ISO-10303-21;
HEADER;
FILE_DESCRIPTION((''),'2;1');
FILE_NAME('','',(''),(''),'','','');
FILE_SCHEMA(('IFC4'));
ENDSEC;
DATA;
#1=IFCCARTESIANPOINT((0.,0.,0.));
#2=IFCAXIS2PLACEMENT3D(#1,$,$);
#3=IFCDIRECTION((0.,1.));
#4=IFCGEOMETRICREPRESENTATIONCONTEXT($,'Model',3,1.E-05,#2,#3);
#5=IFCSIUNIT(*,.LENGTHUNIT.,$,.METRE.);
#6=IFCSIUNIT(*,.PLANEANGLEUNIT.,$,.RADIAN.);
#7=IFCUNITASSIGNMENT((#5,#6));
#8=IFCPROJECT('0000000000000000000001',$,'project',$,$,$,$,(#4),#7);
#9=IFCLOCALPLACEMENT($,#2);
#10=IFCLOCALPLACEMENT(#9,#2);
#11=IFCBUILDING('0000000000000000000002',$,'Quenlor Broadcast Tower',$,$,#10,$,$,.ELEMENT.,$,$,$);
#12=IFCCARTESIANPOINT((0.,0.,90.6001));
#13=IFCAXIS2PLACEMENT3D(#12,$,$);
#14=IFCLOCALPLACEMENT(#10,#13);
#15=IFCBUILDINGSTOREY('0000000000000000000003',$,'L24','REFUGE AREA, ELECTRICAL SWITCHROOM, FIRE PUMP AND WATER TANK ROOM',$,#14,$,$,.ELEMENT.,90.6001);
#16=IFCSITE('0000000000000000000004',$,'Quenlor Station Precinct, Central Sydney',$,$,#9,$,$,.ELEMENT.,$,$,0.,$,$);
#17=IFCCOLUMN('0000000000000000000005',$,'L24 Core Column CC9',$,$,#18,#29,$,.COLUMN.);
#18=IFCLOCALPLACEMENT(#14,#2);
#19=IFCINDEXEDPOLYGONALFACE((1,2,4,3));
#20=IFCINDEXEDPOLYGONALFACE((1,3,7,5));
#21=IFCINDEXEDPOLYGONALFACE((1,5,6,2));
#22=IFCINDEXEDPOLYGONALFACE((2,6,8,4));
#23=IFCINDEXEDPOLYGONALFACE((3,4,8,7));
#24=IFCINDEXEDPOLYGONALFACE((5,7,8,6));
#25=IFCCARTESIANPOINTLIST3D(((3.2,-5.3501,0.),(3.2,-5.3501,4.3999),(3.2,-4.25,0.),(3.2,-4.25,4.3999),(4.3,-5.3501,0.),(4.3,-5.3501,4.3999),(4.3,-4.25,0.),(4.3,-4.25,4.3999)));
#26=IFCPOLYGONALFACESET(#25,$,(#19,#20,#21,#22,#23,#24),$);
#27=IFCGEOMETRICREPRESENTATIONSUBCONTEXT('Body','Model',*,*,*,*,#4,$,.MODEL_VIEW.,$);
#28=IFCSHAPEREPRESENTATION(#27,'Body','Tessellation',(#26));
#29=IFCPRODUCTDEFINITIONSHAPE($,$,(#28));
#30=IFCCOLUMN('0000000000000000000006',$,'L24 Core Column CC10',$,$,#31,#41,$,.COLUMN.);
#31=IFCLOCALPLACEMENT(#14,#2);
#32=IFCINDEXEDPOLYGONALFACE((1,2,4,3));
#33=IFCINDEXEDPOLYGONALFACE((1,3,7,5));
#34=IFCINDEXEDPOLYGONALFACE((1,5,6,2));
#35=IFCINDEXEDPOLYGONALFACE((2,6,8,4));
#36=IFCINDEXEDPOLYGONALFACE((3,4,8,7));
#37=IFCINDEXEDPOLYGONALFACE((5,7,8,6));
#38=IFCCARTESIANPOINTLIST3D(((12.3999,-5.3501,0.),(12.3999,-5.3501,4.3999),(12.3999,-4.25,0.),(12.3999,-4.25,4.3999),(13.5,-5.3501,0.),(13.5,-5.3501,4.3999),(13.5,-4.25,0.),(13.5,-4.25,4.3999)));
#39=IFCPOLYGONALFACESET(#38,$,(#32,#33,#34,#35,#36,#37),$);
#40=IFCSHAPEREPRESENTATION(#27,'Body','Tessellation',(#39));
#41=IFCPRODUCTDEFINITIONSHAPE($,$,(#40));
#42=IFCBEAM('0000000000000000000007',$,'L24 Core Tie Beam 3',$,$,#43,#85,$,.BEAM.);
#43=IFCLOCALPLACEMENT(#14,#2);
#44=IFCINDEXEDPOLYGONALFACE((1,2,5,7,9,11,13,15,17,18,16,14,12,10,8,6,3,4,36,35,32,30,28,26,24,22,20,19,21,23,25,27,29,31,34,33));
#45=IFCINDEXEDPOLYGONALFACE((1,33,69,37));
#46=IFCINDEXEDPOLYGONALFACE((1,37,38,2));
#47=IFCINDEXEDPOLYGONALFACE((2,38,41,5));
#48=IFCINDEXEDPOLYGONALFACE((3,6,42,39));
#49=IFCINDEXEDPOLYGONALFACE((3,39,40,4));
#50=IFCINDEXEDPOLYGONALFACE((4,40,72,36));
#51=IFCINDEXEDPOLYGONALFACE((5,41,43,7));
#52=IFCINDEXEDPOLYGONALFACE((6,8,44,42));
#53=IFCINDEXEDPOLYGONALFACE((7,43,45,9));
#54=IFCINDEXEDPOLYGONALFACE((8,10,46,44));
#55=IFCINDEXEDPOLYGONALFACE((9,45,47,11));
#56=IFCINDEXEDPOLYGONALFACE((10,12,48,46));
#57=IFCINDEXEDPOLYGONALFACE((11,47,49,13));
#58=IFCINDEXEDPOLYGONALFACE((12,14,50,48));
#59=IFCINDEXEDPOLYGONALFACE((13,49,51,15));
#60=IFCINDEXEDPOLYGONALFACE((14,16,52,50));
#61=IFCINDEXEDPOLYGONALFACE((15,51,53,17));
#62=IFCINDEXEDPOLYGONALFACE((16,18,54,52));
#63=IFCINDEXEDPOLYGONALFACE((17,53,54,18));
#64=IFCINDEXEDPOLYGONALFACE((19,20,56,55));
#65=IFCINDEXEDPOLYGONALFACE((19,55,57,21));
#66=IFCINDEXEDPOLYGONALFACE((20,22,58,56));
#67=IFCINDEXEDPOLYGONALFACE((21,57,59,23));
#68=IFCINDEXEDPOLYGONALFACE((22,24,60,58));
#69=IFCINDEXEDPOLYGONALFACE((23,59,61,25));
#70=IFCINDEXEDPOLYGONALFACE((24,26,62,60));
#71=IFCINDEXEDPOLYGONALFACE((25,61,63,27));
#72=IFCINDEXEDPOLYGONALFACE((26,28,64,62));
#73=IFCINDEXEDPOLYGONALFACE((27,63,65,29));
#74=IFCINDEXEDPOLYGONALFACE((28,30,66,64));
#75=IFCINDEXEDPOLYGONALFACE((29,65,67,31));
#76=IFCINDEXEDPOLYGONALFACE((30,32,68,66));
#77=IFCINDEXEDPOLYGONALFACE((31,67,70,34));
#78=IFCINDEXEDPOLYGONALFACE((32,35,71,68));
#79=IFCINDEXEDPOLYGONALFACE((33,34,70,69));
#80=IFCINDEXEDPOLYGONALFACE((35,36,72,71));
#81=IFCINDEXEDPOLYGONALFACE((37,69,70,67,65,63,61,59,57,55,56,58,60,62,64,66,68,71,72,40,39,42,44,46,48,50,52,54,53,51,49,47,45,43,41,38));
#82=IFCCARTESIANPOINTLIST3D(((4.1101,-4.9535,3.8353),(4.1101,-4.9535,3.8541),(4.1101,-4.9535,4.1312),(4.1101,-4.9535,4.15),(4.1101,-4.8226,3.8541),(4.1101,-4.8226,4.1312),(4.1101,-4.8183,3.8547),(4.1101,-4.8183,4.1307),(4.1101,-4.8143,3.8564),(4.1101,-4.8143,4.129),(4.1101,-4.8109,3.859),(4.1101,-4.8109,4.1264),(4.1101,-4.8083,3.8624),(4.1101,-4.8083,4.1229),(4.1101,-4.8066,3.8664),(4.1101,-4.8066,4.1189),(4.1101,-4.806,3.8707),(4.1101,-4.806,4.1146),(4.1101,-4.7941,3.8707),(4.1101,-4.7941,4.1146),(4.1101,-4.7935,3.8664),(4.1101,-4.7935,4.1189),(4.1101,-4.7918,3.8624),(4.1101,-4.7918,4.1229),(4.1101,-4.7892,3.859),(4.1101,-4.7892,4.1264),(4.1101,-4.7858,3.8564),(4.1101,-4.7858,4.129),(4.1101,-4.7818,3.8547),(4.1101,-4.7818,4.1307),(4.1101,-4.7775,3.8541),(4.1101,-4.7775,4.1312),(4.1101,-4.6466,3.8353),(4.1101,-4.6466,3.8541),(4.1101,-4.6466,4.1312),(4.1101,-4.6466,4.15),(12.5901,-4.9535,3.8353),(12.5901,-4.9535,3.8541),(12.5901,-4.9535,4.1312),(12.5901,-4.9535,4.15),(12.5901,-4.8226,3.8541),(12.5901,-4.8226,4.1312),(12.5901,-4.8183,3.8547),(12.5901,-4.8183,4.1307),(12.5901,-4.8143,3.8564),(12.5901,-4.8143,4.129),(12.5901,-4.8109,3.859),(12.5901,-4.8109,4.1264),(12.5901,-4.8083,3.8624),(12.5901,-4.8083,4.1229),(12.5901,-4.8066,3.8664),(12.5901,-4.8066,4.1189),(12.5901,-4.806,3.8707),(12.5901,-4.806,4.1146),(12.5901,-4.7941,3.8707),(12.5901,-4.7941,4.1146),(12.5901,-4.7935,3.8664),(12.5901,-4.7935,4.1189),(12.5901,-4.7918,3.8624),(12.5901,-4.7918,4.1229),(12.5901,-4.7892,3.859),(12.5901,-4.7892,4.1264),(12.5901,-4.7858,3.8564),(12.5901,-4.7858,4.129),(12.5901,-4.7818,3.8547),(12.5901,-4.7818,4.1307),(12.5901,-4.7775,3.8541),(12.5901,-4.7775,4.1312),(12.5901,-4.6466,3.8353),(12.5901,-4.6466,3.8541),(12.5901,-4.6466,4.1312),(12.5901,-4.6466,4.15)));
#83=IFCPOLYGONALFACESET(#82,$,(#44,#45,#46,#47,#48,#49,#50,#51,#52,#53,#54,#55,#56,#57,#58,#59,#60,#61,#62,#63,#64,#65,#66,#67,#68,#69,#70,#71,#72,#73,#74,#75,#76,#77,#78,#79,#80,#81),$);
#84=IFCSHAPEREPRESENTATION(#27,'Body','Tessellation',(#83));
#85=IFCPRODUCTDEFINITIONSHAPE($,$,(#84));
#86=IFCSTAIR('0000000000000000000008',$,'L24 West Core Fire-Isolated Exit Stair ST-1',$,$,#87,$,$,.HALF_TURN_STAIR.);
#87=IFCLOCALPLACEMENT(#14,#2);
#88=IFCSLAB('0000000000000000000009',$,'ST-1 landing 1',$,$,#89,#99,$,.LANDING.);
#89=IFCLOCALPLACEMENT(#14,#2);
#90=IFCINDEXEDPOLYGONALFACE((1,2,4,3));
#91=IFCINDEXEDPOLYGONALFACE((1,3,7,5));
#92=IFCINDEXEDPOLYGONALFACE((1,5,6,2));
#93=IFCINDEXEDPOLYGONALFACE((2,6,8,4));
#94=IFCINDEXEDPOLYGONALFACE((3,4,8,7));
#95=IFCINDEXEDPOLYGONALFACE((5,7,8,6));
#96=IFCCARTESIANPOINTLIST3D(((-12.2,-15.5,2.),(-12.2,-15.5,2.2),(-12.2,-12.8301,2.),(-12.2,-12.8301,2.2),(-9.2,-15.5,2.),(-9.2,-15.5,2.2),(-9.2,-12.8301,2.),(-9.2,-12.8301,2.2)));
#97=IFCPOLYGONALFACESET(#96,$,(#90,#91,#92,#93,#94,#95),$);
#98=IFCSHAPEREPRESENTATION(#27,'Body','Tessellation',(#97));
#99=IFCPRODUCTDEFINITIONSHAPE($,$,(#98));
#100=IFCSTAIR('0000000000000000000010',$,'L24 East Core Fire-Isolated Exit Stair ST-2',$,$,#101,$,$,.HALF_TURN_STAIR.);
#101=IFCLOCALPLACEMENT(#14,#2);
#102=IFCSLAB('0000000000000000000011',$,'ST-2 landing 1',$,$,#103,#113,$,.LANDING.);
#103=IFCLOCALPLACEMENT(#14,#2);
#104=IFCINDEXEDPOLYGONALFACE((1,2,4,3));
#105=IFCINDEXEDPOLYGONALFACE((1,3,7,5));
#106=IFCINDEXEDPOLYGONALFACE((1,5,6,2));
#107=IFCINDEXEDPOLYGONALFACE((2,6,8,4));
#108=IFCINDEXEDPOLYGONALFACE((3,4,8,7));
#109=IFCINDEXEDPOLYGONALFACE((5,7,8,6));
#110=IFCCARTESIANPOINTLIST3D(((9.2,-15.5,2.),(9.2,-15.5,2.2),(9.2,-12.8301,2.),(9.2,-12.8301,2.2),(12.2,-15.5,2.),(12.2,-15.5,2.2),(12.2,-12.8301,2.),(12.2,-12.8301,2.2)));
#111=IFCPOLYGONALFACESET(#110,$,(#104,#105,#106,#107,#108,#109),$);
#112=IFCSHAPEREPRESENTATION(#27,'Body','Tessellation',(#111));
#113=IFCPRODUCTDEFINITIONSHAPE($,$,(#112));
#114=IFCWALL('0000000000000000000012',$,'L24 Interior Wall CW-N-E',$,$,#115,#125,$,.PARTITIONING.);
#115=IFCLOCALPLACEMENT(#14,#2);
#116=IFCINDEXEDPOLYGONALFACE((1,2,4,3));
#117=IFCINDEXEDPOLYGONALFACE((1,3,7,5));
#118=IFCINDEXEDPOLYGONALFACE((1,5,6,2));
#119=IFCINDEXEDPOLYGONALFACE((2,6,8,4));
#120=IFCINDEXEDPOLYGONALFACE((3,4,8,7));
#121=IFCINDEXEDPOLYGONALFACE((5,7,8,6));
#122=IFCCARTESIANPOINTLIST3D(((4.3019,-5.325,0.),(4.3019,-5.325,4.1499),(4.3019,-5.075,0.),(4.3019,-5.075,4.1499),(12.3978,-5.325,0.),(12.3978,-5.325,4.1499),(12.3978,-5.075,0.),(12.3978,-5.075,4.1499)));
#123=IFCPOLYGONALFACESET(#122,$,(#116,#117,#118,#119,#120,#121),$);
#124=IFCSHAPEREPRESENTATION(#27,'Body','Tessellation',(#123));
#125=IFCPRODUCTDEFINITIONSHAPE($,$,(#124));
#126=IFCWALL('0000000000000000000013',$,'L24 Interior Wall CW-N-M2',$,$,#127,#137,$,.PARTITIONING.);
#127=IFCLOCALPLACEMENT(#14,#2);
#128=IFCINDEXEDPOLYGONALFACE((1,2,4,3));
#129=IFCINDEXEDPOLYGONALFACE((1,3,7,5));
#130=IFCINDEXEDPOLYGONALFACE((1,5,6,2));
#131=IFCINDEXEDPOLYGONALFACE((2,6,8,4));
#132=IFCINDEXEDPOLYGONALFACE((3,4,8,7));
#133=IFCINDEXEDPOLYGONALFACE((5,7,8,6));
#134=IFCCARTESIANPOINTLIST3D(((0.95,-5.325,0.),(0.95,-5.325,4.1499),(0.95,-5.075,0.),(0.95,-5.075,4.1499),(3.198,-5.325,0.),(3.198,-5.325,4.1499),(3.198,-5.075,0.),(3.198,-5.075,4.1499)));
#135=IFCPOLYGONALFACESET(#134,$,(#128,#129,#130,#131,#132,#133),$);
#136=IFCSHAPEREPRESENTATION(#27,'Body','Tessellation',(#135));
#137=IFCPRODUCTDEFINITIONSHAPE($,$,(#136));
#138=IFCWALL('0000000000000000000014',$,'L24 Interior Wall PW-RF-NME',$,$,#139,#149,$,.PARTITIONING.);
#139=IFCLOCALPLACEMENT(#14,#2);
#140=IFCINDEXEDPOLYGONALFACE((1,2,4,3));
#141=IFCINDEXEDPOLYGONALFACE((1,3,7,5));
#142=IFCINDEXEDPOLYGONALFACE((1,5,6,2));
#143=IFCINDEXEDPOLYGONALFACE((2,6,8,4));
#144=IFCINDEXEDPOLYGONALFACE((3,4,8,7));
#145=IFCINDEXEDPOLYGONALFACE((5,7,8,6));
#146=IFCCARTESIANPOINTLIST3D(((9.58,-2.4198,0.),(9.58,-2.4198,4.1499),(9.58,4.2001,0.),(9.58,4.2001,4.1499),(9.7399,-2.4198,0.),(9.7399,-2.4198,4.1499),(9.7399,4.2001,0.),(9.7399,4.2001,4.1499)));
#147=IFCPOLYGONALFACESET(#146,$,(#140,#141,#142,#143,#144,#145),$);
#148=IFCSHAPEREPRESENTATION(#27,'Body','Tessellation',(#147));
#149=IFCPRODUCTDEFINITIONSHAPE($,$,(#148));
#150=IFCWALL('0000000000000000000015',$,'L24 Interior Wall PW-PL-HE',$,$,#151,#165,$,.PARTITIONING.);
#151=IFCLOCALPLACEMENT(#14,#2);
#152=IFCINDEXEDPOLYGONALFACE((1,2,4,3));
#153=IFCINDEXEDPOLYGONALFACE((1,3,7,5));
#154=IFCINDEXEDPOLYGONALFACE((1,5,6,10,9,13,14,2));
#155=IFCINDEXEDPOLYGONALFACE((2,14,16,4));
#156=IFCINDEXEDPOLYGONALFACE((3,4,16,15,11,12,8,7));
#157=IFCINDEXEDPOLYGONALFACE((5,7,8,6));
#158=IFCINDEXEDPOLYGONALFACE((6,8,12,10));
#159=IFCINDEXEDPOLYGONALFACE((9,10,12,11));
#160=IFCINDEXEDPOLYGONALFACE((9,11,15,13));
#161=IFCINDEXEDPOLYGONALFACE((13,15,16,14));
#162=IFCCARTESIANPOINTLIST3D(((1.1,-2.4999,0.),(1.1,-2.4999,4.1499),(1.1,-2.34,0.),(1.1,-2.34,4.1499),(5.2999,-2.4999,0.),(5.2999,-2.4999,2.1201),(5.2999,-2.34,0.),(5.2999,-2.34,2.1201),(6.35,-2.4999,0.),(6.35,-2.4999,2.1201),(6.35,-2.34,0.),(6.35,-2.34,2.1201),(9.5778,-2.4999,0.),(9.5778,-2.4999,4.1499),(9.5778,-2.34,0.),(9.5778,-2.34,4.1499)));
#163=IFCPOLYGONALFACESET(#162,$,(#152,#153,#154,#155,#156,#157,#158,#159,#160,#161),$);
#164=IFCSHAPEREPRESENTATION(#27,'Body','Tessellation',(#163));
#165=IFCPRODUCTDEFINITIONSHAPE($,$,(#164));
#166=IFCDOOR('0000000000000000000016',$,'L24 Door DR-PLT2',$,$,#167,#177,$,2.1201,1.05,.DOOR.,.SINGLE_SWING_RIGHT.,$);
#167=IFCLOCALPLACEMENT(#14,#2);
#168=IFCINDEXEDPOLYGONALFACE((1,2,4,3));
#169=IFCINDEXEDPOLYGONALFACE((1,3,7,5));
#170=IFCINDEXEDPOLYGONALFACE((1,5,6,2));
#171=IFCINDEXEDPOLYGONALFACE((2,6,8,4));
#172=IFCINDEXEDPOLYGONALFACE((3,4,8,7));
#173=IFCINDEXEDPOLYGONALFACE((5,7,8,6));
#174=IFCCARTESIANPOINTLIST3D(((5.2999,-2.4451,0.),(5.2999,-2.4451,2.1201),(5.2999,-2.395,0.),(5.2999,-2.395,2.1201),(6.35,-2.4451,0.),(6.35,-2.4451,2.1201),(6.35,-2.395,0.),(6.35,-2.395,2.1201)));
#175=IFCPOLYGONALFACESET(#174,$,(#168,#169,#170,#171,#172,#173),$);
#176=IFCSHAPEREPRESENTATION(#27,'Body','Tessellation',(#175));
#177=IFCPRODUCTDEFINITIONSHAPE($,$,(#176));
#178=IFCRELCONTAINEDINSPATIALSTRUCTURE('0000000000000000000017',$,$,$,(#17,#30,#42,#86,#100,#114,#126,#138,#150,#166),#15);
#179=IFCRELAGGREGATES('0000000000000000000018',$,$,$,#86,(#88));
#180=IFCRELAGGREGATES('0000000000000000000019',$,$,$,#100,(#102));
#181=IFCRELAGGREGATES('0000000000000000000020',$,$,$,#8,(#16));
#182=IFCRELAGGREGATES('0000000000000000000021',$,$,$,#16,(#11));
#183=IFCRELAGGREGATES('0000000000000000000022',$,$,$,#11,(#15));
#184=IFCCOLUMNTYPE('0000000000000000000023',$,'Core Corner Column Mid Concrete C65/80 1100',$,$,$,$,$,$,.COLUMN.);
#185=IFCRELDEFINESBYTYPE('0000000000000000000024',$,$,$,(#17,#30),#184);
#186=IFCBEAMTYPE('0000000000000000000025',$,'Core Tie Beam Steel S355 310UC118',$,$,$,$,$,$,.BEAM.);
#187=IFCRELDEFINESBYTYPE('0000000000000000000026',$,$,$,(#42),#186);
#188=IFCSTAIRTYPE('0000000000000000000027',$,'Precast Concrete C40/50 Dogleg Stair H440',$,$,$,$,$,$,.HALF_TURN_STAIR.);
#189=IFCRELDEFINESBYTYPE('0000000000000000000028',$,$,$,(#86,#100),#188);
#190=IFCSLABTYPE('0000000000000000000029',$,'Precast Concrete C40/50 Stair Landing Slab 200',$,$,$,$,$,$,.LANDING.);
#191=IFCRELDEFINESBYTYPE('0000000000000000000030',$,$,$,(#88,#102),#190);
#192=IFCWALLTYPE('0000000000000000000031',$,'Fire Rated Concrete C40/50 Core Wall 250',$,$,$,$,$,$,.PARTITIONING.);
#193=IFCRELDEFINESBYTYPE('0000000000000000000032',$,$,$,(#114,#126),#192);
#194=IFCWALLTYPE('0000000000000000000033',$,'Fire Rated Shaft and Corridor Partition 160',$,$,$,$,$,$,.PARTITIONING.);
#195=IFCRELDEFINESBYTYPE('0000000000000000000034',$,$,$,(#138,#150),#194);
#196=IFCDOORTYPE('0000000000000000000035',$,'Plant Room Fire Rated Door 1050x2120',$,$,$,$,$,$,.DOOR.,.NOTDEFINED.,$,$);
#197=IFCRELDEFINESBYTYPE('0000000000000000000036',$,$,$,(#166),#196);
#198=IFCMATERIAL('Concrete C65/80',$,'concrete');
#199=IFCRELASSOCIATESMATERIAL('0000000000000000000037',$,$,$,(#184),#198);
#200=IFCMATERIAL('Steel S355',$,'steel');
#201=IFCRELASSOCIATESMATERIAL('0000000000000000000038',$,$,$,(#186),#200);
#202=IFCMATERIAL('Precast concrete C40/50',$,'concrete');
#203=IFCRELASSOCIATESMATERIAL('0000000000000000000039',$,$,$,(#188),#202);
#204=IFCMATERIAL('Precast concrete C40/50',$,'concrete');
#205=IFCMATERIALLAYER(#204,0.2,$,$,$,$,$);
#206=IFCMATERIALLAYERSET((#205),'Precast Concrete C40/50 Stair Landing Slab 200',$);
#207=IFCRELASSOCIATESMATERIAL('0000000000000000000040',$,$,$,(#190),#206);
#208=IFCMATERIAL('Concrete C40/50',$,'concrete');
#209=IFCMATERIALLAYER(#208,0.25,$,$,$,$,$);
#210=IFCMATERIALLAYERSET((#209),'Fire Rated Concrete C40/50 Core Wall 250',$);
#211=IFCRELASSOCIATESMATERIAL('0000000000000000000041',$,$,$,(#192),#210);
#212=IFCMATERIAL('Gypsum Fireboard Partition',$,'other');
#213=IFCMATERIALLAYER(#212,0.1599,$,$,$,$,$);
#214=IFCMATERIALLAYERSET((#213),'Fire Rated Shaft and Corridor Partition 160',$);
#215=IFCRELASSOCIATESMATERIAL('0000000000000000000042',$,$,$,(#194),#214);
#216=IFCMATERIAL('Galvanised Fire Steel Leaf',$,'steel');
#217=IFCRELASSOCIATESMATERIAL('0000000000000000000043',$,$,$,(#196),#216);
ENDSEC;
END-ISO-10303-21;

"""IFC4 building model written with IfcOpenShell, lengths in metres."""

from ifc_helpers import new_model, si_unit, direction, frame, frame_2d, origin, origin_2d, place, context, subcontext, project, spatial, polyline, rectangle, i_section, outline, extrude, material, layer, layer_set, material_profile, profile_set, type_object, element, fill, aggregate, save


model = new_model("IFC4")

# Units and contexts
model_context = context("Model", 3, precision=1e-05, world=origin(), true_north=direction((0.0, 1.0)))
body_context = subcontext(model_context, "Body", "Model", "MODEL_VIEW")
ifc_project = project(units=[si_unit("LENGTHUNIT", "METRE"), si_unit("PLANEANGLEUNIT", "RADIAN")], contexts=[model_context])

# Site, building, storey
site_placement = place(None, origin())
site = spatial("IfcSite", under=ifc_project, at=site_placement, Name="Quenlor Station Precinct, Central Sydney", CompositionType="ELEMENT", RefElevation=0.0)
building_placement = place(site_placement, origin())
building = spatial("IfcBuilding", under=site, at=building_placement, Name="Quenlor Broadcast Tower", CompositionType="ELEMENT")
storey_placement = place(building_placement, frame((0.0, 0.0, 90.6001)))
storey = spatial("IfcBuildingStorey", under=building, at=storey_placement, Name="L24", Description="REFUGE AREA, ELECTRICAL SWITCHROOM, FIRE PUMP AND WATER TANK ROOM", CompositionType="ELEMENT", Elevation=90.6001)

# Columns
ifc_material_1 = material(Name="Concrete C65/80", Category="concrete")
ifc_material_profile_1 = material_profile(ifc_material_1, rectangle(XDim=1.1001, YDim=1.1001, at=origin_2d()))
ifc_profile_set_1 = profile_set([ifc_material_profile_1], Name="Concrete C65/80 RC1100x1100")
column_type = type_object("IfcColumnType", Name="Core Corner Column Mid Concrete C65/80 1100", PredefinedType="COLUMN", material=ifc_profile_set_1)
for number, where, z_axis, x_axis, name in (
    (1, (3.75, -4.8, 0.0), (0.0, 0.0, 1.0), (1.0, 0.0, 0.0), "L24 Core Column CC9"),
    (2, (12.95, -4.8, 0.0), (0.0, 0.0, 1.0), (1.0, 0.0, 0.0), "L24 Core Column CC10"),
):
    element("IfcColumn", number, at=place(storey_placement, frame(where, z_axis=z_axis, x_axis=x_axis)), inside=storey, type_object=column_type, Name=name, PredefinedType="COLUMN", context=body_context, shape_type="SweptSolid", body=[
        extrude(rectangle(XDim=1.1001, YDim=1.1001, at=origin_2d()), origin(), (0.0, 0.0, 1.0), 4.3999),
    ])

# Beam
ifc_material_2 = material(Name="Steel S355", Category="steel")
ifc_material_profile_2 = material_profile(ifc_material_2, i_section(OverallWidth=0.3069, OverallDepth=0.3147, WebThickness=0.012, FlangeThickness=0.0188, FilletRadius=0.0166, at=origin_2d()))
ifc_profile_set_2 = profile_set([ifc_material_profile_2], Name="Steel S355 310UC118")
beam_type = type_object("IfcBeamType", Name="Core Tie Beam Steel S355 310UC118", PredefinedType="BEAM", material=ifc_profile_set_2)
beam_placement = place(storey_placement, frame((4.1101, -4.8, 3.9927), z_axis=(1.0, 0.0, 0.0), x_axis=(0.0, 1.0, 0.0)))
element("IfcBeam", 3, at=beam_placement, inside=storey, type_object=beam_type, Name="L24 Core Tie Beam 3", PredefinedType="BEAM", context=body_context, shape_type="SweptSolid", body=[
    extrude(i_section(OverallWidth=0.3069, OverallDepth=0.3147, WebThickness=0.012, FlangeThickness=0.0188, FilletRadius=0.0166, at=origin_2d()), origin(), (0.0, 0.0, 1.0), 8.48),
])

# Stairs, slabs
ifc_material_3 = material(Name="Precast concrete C40/50", Category="concrete")
stair_type = type_object("IfcStairType", Name="Precast Concrete C40/50 Dogleg Stair H440", PredefinedType="HALF_TURN_STAIR", material=ifc_material_3)
stair_1_placement = place(storey_placement, origin())
stair_1 = element("IfcStair", 4, at=stair_1_placement, inside=storey, type_object=stair_type, Name="L24 West Core Fire-Isolated Exit Stair ST-1", PredefinedType="HALF_TURN_STAIR")
ifc_material_4 = material(Name="Precast concrete C40/50", Category="concrete")
ifc_layer_1 = layer(ifc_material_4, 0.2)
ifc_layer_set_1 = layer_set([ifc_layer_1], Name="Precast Concrete C40/50 Stair Landing Slab 200")
slab_type = type_object("IfcSlabType", Name="Precast Concrete C40/50 Stair Landing Slab 200", PredefinedType="LANDING", material=ifc_layer_set_1)
slab_1_placement = place(storey_placement, frame((0.0, 0.0, 2.0)))
slab_1 = element("IfcSlab", 5, at=slab_1_placement, type_object=slab_type, Name="ST-1 landing 1", PredefinedType="LANDING", context=body_context, shape_type="SweptSolid", body=[
    extrude(outline(polyline([(-12.2, -12.8301), (-12.2, -15.5), (-9.2, -15.5), (-9.2, -12.8301), (-12.2, -12.8301)])), origin(), (0.0, 0.0, 1.0), 0.2),
])
aggregate(stair_1, [slab_1])
stair_2_placement = place(storey_placement, origin())
stair_2 = element("IfcStair", 6, at=stair_2_placement, inside=storey, type_object=stair_type, Name="L24 East Core Fire-Isolated Exit Stair ST-2", PredefinedType="HALF_TURN_STAIR")
slab_2_placement = place(storey_placement, frame((0.0, 0.0, 2.0)))
slab_2 = element("IfcSlab", 7, at=slab_2_placement, type_object=slab_type, Name="ST-2 landing 1", PredefinedType="LANDING", context=body_context, shape_type="SweptSolid", body=[
    extrude(outline(polyline([(9.2, -12.8301), (9.2, -15.5), (12.2, -15.5), (12.2, -12.8301), (9.2, -12.8301)])), origin(), (0.0, 0.0, 1.0), 0.2),
])
aggregate(stair_2, [slab_2])

# Walls
ifc_material_5 = material(Name="Concrete C40/50", Category="concrete")
ifc_layer_2 = layer(ifc_material_5, 0.25)
ifc_layer_set_2 = layer_set([ifc_layer_2], Name="Fire Rated Concrete C40/50 Core Wall 250")
wall_type_1 = type_object("IfcWallType", Name="Fire Rated Concrete C40/50 Core Wall 250", PredefinedType="PARTITIONING", material=ifc_layer_set_2)
wall_1_placement = place(storey_placement, frame((4.302, -5.2, 0.0), z_axis=(0.0, 0.0, 1.0), x_axis=(1.0, 0.0, 0.0)))
element("IfcWall", 8, at=wall_1_placement, inside=storey, type_object=wall_type_1, Name="L24 Interior Wall CW-N-E", PredefinedType="PARTITIONING", context=body_context, shape_type="SweptSolid", body=[
    extrude(rectangle(XDim=8.0959, YDim=0.25, at=frame_2d((4.0479, 0.0))), origin(), (0.0, 0.0, 1.0), 4.1499),
])
wall_2_placement = place(storey_placement, frame((0.95, -5.2, 0.0), z_axis=(0.0, 0.0, 1.0), x_axis=(1.0, 0.0, 0.0)))
element("IfcWall", 9, at=wall_2_placement, inside=storey, type_object=wall_type_1, Name="L24 Interior Wall CW-N-M2", PredefinedType="PARTITIONING", context=body_context, shape_type="SweptSolid", body=[
    extrude(rectangle(XDim=2.248, YDim=0.25, at=frame_2d((1.124, 0.0))), origin(), (0.0, 0.0, 1.0), 4.1499),
])
ifc_material_6 = material(Name="Gypsum Fireboard Partition", Category="other")
ifc_layer_3 = layer(ifc_material_6, 0.1599)
ifc_layer_set_3 = layer_set([ifc_layer_3], Name="Fire Rated Shaft and Corridor Partition 160")
wall_type_2 = type_object("IfcWallType", Name="Fire Rated Shaft and Corridor Partition 160", PredefinedType="PARTITIONING", material=ifc_layer_set_3)
wall_3_placement = place(storey_placement, frame((9.6599, -2.4199, 0.0), z_axis=(0.0, 0.0, 1.0), x_axis=(0.0, 1.0, 0.0)))
element("IfcWall", 10, at=wall_3_placement, inside=storey, type_object=wall_type_2, Name="L24 Interior Wall PW-RF-NME", PredefinedType="PARTITIONING", context=body_context, shape_type="SweptSolid", body=[
    extrude(rectangle(XDim=6.6199, YDim=0.1599, at=frame_2d((3.3101, 0.0))), origin(), (0.0, 0.0, 1.0), 4.1499),
])

# Wall, opening, door
wall_4_placement = place(storey_placement, frame((1.1001, -2.4199, 0.0), z_axis=(0.0, 0.0, 1.0), x_axis=(1.0, 0.0, 0.0)))
wall_4 = element("IfcWall", 11, at=wall_4_placement, inside=storey, type_object=wall_type_2, Name="L24 Interior Wall PW-PL-HE", PredefinedType="PARTITIONING", context=body_context, shape_type="SweptSolid", body=[
    extrude(rectangle(XDim=8.4778, YDim=0.1599, at=frame_2d((4.2388, 0.0))), origin(), (0.0, 0.0, 1.0), 4.1499),
])
opening_1_placement = place(wall_4_placement, frame((4.2, 0.0, 0.0)))
opening_1 = element("IfcOpeningElement", 12, at=opening_1_placement, cuts=wall_4, PredefinedType="OPENING", context=body_context, shape_type="SweptSolid", body=[
    extrude(rectangle(XDim=1.05, YDim=2.1201, at=frame_2d((0.5249, 1.0601))), frame((0.0, 0.0898, 0.0), z_axis=(0.0, -1.0, 0.0), x_axis=(1.0, 0.0, 0.0)), (0.0, 0.0, 1.0), 0.1799),
])
ifc_material_7 = material(Name="Galvanised Fire Steel Leaf", Category="steel")
door_type_1 = type_object("IfcDoorType", Name="Plant Room Fire Rated Door 1050x2120", OperationType="NOTDEFINED", PredefinedType="DOOR", material=ifc_material_7)
door_1_placement = place(opening_1_placement, origin())
door_1 = element("IfcDoor", 13, at=door_1_placement, inside=storey, type_object=door_type_1, Name="L24 Door DR-PLT2", OperationType="SINGLE_SWING_RIGHT", OverallHeight=2.1201, OverallWidth=1.05, PredefinedType="DOOR", context=body_context, shape_type="SweptSolid", body=[
    extrude(rectangle(XDim=1.05, YDim=2.1201, at=frame_2d((0.5249, 1.0601))), frame((0.0, 0.0249, 0.0), z_axis=(0.0, -1.0, 0.0), x_axis=(1.0, 0.0, 0.0)), (0.0, 0.0, 1.0), 0.05),
])
fill(opening_1, door_1)

save(model, "model.ifc")
